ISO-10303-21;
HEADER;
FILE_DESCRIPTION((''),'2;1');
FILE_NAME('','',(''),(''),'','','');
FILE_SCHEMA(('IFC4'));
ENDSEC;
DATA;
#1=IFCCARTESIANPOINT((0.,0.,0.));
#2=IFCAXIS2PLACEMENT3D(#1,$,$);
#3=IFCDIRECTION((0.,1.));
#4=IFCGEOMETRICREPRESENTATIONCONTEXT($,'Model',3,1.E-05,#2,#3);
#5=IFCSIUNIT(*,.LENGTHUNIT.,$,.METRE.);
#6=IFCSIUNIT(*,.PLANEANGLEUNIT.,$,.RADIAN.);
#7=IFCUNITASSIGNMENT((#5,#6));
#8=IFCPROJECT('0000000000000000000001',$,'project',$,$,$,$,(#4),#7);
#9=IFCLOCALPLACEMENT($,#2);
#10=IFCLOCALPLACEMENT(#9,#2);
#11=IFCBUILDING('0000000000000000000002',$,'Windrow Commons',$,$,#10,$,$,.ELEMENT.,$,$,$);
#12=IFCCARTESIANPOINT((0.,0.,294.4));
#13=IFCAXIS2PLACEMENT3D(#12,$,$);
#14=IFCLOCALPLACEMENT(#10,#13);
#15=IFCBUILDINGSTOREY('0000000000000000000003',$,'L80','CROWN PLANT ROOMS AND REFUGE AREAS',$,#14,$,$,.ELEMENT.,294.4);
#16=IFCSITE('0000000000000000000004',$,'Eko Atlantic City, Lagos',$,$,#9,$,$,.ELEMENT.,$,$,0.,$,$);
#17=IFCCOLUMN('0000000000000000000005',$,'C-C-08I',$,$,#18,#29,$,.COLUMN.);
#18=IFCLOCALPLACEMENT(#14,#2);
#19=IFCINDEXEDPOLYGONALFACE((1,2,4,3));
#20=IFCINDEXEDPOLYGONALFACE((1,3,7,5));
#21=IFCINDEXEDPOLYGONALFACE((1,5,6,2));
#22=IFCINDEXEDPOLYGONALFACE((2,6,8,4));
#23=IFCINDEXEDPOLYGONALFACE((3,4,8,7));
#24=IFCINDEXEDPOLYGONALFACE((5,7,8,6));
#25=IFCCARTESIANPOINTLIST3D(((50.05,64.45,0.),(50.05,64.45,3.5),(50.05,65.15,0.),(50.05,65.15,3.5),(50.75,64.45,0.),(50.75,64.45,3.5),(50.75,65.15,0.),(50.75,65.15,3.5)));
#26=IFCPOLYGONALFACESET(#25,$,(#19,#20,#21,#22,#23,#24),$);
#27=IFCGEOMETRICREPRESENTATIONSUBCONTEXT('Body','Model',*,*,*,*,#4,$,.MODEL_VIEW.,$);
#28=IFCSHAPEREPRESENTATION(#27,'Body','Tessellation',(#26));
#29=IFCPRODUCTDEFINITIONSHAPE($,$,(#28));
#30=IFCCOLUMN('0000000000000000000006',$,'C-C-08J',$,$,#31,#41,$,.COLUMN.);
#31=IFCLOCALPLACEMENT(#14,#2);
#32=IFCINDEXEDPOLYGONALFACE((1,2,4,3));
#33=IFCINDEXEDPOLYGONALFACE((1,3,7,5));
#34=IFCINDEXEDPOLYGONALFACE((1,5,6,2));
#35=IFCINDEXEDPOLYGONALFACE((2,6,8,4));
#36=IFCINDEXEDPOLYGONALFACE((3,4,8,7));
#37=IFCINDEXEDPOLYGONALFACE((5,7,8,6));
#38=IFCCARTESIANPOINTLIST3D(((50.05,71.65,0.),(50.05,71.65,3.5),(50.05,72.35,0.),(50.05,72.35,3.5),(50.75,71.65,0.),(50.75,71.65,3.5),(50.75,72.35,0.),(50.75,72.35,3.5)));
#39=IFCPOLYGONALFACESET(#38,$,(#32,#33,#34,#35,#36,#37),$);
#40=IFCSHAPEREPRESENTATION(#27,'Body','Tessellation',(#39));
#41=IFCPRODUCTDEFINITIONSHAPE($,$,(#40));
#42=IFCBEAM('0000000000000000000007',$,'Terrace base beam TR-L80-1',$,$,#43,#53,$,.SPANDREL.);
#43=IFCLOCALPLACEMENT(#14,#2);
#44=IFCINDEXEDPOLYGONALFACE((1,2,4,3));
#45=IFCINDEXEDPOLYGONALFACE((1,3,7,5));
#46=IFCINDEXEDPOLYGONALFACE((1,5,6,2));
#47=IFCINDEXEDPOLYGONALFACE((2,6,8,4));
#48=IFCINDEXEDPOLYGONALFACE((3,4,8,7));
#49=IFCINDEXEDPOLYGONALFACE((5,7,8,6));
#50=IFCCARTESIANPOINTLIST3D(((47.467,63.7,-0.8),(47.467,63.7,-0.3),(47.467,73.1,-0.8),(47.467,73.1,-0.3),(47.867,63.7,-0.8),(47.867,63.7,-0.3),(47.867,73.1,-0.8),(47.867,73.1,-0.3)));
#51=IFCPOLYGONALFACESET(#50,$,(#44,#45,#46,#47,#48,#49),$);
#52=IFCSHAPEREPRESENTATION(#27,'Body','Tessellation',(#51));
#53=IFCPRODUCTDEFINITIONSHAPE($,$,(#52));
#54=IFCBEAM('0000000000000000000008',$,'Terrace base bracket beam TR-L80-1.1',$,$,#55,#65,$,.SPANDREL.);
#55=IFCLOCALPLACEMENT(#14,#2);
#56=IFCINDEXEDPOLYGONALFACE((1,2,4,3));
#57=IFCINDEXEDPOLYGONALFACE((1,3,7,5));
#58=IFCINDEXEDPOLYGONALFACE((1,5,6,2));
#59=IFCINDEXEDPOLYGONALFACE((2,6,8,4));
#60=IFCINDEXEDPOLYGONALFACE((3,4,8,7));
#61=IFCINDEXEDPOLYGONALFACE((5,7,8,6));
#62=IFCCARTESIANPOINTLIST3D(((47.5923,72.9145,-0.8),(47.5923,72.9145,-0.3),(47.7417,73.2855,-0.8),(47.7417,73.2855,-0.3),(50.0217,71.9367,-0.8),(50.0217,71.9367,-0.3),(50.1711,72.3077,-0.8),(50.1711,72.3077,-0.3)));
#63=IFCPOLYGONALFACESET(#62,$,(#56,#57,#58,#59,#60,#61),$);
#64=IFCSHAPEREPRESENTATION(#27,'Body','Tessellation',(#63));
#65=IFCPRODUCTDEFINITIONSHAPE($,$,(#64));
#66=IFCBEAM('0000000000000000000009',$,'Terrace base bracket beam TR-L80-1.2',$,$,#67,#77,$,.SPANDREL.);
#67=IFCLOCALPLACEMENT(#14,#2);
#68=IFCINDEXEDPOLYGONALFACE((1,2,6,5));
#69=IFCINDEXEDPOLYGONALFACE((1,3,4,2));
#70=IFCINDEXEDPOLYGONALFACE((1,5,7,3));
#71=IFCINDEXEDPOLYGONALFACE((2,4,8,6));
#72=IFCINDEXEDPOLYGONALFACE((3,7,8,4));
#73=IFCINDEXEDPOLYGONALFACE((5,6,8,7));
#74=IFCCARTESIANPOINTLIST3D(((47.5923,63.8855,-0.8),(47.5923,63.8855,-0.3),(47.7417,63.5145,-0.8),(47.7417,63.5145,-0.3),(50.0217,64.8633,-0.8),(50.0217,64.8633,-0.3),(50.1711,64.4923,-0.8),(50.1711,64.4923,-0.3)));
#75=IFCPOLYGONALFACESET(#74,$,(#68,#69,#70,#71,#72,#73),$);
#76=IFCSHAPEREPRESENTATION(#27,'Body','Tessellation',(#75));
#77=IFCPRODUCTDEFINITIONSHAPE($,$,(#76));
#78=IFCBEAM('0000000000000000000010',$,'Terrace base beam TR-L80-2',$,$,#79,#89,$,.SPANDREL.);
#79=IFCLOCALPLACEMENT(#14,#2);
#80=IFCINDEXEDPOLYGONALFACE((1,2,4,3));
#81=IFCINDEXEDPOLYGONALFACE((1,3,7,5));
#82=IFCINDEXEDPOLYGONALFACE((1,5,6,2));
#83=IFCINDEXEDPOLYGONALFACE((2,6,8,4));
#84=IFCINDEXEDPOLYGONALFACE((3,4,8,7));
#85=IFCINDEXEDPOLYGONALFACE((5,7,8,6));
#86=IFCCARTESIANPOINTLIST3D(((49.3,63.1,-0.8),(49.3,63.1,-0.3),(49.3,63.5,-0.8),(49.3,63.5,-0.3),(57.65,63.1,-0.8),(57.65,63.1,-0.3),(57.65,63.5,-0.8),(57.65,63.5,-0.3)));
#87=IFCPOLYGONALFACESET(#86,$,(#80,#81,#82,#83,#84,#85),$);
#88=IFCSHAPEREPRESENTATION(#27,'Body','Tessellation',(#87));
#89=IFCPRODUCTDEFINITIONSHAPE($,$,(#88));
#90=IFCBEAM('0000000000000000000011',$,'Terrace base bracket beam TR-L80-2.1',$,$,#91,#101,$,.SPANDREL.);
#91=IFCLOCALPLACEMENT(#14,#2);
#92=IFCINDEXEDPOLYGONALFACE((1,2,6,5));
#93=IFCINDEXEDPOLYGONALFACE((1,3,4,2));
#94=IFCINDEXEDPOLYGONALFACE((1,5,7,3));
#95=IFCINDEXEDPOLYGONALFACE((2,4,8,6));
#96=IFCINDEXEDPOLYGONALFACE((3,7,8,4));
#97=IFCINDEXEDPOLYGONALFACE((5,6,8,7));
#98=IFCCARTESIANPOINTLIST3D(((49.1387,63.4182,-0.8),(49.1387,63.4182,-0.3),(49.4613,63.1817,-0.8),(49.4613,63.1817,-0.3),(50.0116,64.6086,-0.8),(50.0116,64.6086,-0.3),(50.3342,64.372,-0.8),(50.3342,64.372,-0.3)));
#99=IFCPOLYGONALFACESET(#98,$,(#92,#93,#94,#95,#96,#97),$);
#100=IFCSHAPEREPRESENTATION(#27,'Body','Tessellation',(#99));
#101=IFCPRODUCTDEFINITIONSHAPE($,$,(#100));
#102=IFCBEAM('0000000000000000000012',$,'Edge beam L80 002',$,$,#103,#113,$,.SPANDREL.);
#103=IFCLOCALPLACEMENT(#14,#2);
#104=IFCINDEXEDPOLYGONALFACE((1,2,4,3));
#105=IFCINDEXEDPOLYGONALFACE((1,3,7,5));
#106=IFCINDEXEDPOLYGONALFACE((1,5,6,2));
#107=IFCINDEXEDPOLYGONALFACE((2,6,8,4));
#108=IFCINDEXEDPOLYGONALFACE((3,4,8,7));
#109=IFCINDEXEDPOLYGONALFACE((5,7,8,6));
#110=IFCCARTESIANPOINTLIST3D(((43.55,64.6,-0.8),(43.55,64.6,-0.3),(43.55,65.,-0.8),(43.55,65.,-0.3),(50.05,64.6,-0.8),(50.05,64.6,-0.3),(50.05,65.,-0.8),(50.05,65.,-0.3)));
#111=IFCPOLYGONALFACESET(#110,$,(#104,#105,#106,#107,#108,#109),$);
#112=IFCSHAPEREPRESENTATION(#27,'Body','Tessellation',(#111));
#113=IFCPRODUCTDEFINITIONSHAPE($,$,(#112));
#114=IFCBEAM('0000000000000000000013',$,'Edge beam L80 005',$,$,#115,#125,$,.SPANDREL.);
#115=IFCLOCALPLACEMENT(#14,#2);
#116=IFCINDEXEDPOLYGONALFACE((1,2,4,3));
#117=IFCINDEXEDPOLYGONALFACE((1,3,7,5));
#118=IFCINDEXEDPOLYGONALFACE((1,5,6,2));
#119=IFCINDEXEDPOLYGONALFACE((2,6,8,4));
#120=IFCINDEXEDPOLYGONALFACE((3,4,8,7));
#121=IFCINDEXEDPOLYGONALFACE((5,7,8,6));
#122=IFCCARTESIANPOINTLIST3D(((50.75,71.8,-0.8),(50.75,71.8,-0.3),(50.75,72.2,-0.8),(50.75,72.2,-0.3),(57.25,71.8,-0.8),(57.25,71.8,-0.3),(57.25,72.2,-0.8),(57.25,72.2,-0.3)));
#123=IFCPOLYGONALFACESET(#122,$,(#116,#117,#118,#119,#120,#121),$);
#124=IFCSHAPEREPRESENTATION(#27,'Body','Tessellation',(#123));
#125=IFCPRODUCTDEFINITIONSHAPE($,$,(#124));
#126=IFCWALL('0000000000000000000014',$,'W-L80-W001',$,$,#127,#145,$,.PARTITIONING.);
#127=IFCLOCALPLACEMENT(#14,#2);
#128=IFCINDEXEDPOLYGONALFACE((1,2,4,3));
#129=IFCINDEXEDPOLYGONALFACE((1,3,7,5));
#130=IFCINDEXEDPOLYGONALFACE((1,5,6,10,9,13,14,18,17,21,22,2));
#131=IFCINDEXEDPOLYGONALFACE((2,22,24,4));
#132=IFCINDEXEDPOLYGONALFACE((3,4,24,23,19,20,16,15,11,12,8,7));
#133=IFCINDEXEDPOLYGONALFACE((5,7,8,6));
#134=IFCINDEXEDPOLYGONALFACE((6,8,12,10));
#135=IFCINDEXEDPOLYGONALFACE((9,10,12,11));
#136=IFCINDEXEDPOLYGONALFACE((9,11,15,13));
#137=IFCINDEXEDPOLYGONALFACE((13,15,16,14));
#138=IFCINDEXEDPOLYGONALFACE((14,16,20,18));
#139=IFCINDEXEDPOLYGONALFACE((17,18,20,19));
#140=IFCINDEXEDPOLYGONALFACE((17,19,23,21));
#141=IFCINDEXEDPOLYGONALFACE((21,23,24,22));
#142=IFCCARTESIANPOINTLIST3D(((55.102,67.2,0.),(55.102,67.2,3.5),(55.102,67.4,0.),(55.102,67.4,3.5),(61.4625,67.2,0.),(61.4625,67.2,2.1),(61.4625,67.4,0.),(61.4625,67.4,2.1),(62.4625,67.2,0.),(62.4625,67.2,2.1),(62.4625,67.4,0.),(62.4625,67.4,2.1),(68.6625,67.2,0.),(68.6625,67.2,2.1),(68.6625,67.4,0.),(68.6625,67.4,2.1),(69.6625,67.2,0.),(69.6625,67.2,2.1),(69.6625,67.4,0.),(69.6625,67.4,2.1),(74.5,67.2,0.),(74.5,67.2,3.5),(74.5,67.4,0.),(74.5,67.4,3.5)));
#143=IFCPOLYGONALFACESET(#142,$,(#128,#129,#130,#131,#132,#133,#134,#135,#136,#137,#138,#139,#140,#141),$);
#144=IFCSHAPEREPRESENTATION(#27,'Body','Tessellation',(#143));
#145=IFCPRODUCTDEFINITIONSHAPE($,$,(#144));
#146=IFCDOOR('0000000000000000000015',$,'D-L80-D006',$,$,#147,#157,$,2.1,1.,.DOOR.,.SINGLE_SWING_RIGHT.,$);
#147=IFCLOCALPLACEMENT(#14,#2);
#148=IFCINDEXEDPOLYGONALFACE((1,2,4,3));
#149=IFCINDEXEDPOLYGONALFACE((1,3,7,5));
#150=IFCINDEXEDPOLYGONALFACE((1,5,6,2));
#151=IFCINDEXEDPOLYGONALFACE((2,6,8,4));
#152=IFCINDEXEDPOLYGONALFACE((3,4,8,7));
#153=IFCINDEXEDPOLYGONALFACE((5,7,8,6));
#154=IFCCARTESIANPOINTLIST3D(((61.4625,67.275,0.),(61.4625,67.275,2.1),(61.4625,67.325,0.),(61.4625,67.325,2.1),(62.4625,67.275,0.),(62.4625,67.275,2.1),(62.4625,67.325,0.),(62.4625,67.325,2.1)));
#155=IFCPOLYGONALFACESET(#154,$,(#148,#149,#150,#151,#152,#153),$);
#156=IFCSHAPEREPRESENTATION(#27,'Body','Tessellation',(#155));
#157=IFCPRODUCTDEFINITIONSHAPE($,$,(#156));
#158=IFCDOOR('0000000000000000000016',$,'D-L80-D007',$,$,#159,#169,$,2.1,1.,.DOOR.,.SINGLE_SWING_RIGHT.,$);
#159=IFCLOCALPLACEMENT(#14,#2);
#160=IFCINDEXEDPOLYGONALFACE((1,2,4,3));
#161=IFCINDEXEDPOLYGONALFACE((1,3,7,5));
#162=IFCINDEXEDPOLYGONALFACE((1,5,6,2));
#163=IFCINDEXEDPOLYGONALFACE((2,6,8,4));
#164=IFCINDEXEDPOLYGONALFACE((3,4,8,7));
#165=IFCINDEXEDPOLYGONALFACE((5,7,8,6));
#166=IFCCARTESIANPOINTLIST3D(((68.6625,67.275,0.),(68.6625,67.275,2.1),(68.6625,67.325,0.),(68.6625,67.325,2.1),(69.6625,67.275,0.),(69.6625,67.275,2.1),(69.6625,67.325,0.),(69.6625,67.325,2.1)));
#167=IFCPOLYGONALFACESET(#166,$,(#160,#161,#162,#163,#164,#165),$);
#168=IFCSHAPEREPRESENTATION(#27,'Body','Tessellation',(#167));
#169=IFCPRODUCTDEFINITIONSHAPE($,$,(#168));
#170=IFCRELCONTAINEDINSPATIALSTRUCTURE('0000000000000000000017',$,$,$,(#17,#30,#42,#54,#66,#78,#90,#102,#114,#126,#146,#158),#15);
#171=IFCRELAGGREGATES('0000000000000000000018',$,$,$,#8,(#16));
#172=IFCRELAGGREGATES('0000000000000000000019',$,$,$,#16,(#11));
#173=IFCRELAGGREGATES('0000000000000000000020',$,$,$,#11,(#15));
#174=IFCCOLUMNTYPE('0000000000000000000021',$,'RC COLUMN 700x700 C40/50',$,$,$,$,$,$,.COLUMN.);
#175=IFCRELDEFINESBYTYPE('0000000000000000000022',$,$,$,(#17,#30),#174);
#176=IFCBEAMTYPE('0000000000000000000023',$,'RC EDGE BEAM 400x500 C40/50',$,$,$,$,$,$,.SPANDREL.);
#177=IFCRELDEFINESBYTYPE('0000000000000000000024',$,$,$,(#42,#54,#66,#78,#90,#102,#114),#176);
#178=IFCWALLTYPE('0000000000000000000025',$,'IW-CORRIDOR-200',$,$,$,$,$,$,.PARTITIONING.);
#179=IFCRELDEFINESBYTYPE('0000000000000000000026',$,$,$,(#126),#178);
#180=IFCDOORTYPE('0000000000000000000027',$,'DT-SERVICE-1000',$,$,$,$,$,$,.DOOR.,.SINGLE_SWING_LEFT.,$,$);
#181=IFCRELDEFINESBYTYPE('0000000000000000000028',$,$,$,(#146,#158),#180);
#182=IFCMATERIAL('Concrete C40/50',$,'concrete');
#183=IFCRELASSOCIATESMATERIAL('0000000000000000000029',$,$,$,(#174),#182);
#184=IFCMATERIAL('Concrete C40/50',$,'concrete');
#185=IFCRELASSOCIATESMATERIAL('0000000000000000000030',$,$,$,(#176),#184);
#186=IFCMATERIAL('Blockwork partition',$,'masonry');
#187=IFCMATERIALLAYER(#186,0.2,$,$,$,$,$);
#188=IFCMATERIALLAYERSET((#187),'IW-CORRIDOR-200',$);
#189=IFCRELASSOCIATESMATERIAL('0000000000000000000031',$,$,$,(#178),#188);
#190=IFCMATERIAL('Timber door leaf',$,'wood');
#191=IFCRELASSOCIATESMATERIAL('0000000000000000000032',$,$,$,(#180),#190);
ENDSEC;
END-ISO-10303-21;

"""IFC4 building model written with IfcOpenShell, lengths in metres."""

from ifc_helpers import new_model, si_unit, direction, frame, frame_2d, origin, origin_2d, place, context, subcontext, project, spatial, rectangle, extrude, material, layer, layer_set, material_profile, profile_set, type_object, element, fill, save


model = new_model("IFC4")

# Units and contexts
model_context = context("Model", 3, precision=1e-05, world=origin(), true_north=direction((0.0, 1.0)))
body_context = subcontext(model_context, "Body", "Model", "MODEL_VIEW")
ifc_project = project(units=[si_unit("LENGTHUNIT", "METRE"), si_unit("PLANEANGLEUNIT", "RADIAN")], contexts=[model_context])

# Site, building, storey
site_placement = place(None, origin())
site = spatial("IfcSite", under=ifc_project, at=site_placement, Name="Eko Atlantic City, Lagos", CompositionType="ELEMENT", RefElevation=0.0)
building_placement = place(site_placement, origin())
building = spatial("IfcBuilding", under=site, at=building_placement, Name="Windrow Commons", CompositionType="ELEMENT")
storey_placement = place(building_placement, frame((0.0, 0.0, 294.4)))
storey = spatial("IfcBuildingStorey", under=building, at=storey_placement, Name="L80", Description="CROWN PLANT ROOMS AND REFUGE AREAS", CompositionType="ELEMENT", Elevation=294.4)

# Columns
ifc_material_1 = material(Name="Concrete C40/50", Category="concrete")
ifc_material_profile_1 = material_profile(ifc_material_1, rectangle(XDim=0.7, YDim=0.7, at=origin_2d()))
ifc_profile_set_1 = profile_set([ifc_material_profile_1], Name="Concrete C40/50")
column_type = type_object("IfcColumnType", Name="RC COLUMN 700x700 C40/50", PredefinedType="COLUMN", material=ifc_profile_set_1)
for number, where, z_axis, x_axis, name in (
    (1, (50.4, 64.8, 0.0), (0.0, 0.0, 1.0), (1.0, 0.0, 0.0), "C-C-08I"),
    (2, (50.4, 72.0, 0.0), (0.0, 0.0, 1.0), (1.0, 0.0, 0.0), "C-C-08J"),
):
    element("IfcColumn", number, at=place(storey_placement, frame(where, z_axis=z_axis, x_axis=x_axis)), inside=storey, type_object=column_type, Name=name, PredefinedType="COLUMN", context=body_context, shape_type="SweptSolid", body=[
        extrude(rectangle(XDim=0.7, YDim=0.7, at=origin_2d()), origin(), (0.0, 0.0, 1.0), 3.5),
    ])

# Beams
ifc_material_2 = material(Name="Concrete C40/50", Category="concrete")
ifc_material_profile_2 = material_profile(ifc_material_2, rectangle(XDim=0.4, YDim=0.5, at=origin_2d()))
ifc_profile_set_2 = profile_set([ifc_material_profile_2], Name="Concrete C40/50")
beam_type = type_object("IfcBeamType", Name="RC EDGE BEAM 400x500 C40/50", PredefinedType="SPANDREL", material=ifc_profile_set_2)
beam_1_placement = place(storey_placement, frame((47.667, 73.1, -0.55), z_axis=(0.0, -1.0, 0.0), x_axis=(1.0, 0.0, 0.0)))
element("IfcBeam", 3, at=beam_1_placement, inside=storey, type_object=beam_type, Name="Terrace base beam TR-L80-1", PredefinedType="SPANDREL", context=body_context, shape_type="SweptSolid", body=[
    extrude(rectangle(XDim=0.4, YDim=0.5, at=origin_2d()), origin(), (0.0, 0.0, 1.0), 9.4),
])
for number, where, z_axis, x_axis, name in (
    (4, (50.0964, 72.1222, -0.55), (-0.927679, 0.373378, 0.0), (-0.373378, -0.927679, 0.0), "Terrace base bracket beam TR-L80-1.1"),
    (5, (50.0964, 64.6778, -0.55), (-0.927679, -0.373378, 0.0), (0.373378, -0.927679, 0.0), "Terrace base bracket beam TR-L80-1.2"),
):
    element("IfcBeam", number, at=place(storey_placement, frame(where, z_axis=z_axis, x_axis=x_axis)), inside=storey, type_object=beam_type, Name=name, PredefinedType="SPANDREL", context=body_context, shape_type="SweptSolid", body=[
        extrude(rectangle(XDim=0.4, YDim=0.5, at=origin_2d()), origin(), (0.0, 0.0, 1.0), 2.6188),
    ])
beam_2_placement = place(storey_placement, frame((49.3, 63.3, -0.55), z_axis=(1.0, 0.0, 0.0), x_axis=(0.0, 1.0, 0.0)))
element("IfcBeam", 6, at=beam_2_placement, inside=storey, type_object=beam_type, Name="Terrace base beam TR-L80-2", PredefinedType="SPANDREL", context=body_context, shape_type="SweptSolid", body=[
    extrude(rectangle(XDim=0.4, YDim=0.5, at=origin_2d()), origin(), (0.0, 0.0, 1.0), 8.35),
])
beam_3_placement = place(storey_placement, frame((50.1729, 64.4903, -0.55), z_axis=(-0.59137, -0.806401, 0.0), x_axis=(0.806401, -0.59137, 0.0)))
element("IfcBeam", 7, at=beam_3_placement, inside=storey, type_object=beam_type, Name="Terrace base bracket beam TR-L80-2.1", PredefinedType="SPANDREL", context=body_context, shape_type="SweptSolid", body=[
    extrude(rectangle(XDim=0.4, YDim=0.5, at=origin_2d()), origin(), (0.0, 0.0, 1.0), 1.4761),
])
for number, where, z_axis, x_axis, name in (
    (8, (50.05, 64.8, -0.55), (-1.0, 0.0, 0.0), (0.0, -1.0, 0.0), "Edge beam L80 002"),
    (9, (50.75, 72.0, -0.55), (1.0, 0.0, 0.0), (0.0, 1.0, 0.0), "Edge beam L80 005"),
):
    element("IfcBeam", number, at=place(storey_placement, frame(where, z_axis=z_axis, x_axis=x_axis)), inside=storey, type_object=beam_type, Name=name, PredefinedType="SPANDREL", context=body_context, shape_type="SweptSolid", body=[
        extrude(rectangle(XDim=0.4, YDim=0.5, at=origin_2d()), origin(), (0.0, 0.0, 1.0), 6.5),
    ])

# Wall, openings, doors
ifc_material_3 = material(Name="Blockwork partition", Category="masonry")
ifc_layer_1 = layer(ifc_material_3, 0.2)
ifc_layer_set_1 = layer_set([ifc_layer_1], Name="IW-CORRIDOR-200")
wall_type_1 = type_object("IfcWallType", Name="IW-CORRIDOR-200", PredefinedType="PARTITIONING", material=ifc_layer_set_1)
wall_1_placement = place(storey_placement, frame((55.102, 67.3, 0.0), z_axis=(0.0, 0.0, 1.0), x_axis=(1.0, 0.0, 0.0)))
wall_1 = element("IfcWall", 10, at=wall_1_placement, inside=storey, type_object=wall_type_1, Name="W-L80-W001", PredefinedType="PARTITIONING", context=body_context, shape_type="SweptSolid", body=[
    extrude(rectangle(XDim=19.398, YDim=0.2, at=frame_2d((9.699, 0.0))), origin(), (0.0, 0.0, 1.0), 3.5),
])
opening_1_placement = place(wall_1_placement, frame((6.3605, 0.0, 0.0)))
opening_1 = element("IfcOpeningElement", 11, at=opening_1_placement, cuts=wall_1, PredefinedType="OPENING", context=body_context, shape_type="SweptSolid", body=[
    extrude(rectangle(XDim=1.0, YDim=2.1, at=frame_2d((0.5, 1.05))), frame((0.0, 0.11, 0.0), z_axis=(0.0, -1.0, 0.0), x_axis=(1.0, 0.0, 0.0)), (0.0, 0.0, 1.0), 0.22),
])
opening_2_placement = place(wall_1_placement, frame((13.5605, 0.0, 0.0)))
opening_2 = element("IfcOpeningElement", 12, at=opening_2_placement, cuts=wall_1, PredefinedType="OPENING", context=body_context, shape_type="SweptSolid", body=[
    extrude(rectangle(XDim=1.0, YDim=2.1, at=frame_2d((0.5, 1.05))), frame((0.0, 0.11, 0.0), z_axis=(0.0, -1.0, 0.0), x_axis=(1.0, 0.0, 0.0)), (0.0, 0.0, 1.0), 0.22),
])
ifc_material_4 = material(Name="Timber door leaf", Category="wood")
door_type = type_object("IfcDoorType", Name="DT-SERVICE-1000", OperationType="SINGLE_SWING_LEFT", PredefinedType="DOOR", material=ifc_material_4)
door_1_placement = place(opening_1_placement, origin())
door_1 = element("IfcDoor", 13, at=door_1_placement, inside=storey, type_object=door_type, Name="D-L80-D006", OperationType="SINGLE_SWING_RIGHT", OverallHeight=2.1, OverallWidth=1.0, PredefinedType="DOOR", context=body_context, shape_type="SweptSolid", body=[
    extrude(rectangle(XDim=1.0, YDim=2.1, at=frame_2d((0.5, 1.05))), frame((0.0, 0.025, 0.0), z_axis=(0.0, -1.0, 0.0), x_axis=(1.0, 0.0, 0.0)), (0.0, 0.0, 1.0), 0.05),
])
fill(opening_1, door_1)
door_2_placement = place(opening_2_placement, origin())
door_2 = element("IfcDoor", 14, at=door_2_placement, inside=storey, type_object=door_type, Name="D-L80-D007", OperationType="SINGLE_SWING_RIGHT", OverallHeight=2.1, OverallWidth=1.0, PredefinedType="DOOR", context=body_context, shape_type="SweptSolid", body=[
    extrude(rectangle(XDim=1.0, YDim=2.1, at=frame_2d((0.5, 1.05))), frame((0.0, 0.025, 0.0), z_axis=(0.0, -1.0, 0.0), x_axis=(1.0, 0.0, 0.0)), (0.0, 0.0, 1.0), 0.05),
])
fill(opening_2, door_2)

save(model, "model.ifc")
